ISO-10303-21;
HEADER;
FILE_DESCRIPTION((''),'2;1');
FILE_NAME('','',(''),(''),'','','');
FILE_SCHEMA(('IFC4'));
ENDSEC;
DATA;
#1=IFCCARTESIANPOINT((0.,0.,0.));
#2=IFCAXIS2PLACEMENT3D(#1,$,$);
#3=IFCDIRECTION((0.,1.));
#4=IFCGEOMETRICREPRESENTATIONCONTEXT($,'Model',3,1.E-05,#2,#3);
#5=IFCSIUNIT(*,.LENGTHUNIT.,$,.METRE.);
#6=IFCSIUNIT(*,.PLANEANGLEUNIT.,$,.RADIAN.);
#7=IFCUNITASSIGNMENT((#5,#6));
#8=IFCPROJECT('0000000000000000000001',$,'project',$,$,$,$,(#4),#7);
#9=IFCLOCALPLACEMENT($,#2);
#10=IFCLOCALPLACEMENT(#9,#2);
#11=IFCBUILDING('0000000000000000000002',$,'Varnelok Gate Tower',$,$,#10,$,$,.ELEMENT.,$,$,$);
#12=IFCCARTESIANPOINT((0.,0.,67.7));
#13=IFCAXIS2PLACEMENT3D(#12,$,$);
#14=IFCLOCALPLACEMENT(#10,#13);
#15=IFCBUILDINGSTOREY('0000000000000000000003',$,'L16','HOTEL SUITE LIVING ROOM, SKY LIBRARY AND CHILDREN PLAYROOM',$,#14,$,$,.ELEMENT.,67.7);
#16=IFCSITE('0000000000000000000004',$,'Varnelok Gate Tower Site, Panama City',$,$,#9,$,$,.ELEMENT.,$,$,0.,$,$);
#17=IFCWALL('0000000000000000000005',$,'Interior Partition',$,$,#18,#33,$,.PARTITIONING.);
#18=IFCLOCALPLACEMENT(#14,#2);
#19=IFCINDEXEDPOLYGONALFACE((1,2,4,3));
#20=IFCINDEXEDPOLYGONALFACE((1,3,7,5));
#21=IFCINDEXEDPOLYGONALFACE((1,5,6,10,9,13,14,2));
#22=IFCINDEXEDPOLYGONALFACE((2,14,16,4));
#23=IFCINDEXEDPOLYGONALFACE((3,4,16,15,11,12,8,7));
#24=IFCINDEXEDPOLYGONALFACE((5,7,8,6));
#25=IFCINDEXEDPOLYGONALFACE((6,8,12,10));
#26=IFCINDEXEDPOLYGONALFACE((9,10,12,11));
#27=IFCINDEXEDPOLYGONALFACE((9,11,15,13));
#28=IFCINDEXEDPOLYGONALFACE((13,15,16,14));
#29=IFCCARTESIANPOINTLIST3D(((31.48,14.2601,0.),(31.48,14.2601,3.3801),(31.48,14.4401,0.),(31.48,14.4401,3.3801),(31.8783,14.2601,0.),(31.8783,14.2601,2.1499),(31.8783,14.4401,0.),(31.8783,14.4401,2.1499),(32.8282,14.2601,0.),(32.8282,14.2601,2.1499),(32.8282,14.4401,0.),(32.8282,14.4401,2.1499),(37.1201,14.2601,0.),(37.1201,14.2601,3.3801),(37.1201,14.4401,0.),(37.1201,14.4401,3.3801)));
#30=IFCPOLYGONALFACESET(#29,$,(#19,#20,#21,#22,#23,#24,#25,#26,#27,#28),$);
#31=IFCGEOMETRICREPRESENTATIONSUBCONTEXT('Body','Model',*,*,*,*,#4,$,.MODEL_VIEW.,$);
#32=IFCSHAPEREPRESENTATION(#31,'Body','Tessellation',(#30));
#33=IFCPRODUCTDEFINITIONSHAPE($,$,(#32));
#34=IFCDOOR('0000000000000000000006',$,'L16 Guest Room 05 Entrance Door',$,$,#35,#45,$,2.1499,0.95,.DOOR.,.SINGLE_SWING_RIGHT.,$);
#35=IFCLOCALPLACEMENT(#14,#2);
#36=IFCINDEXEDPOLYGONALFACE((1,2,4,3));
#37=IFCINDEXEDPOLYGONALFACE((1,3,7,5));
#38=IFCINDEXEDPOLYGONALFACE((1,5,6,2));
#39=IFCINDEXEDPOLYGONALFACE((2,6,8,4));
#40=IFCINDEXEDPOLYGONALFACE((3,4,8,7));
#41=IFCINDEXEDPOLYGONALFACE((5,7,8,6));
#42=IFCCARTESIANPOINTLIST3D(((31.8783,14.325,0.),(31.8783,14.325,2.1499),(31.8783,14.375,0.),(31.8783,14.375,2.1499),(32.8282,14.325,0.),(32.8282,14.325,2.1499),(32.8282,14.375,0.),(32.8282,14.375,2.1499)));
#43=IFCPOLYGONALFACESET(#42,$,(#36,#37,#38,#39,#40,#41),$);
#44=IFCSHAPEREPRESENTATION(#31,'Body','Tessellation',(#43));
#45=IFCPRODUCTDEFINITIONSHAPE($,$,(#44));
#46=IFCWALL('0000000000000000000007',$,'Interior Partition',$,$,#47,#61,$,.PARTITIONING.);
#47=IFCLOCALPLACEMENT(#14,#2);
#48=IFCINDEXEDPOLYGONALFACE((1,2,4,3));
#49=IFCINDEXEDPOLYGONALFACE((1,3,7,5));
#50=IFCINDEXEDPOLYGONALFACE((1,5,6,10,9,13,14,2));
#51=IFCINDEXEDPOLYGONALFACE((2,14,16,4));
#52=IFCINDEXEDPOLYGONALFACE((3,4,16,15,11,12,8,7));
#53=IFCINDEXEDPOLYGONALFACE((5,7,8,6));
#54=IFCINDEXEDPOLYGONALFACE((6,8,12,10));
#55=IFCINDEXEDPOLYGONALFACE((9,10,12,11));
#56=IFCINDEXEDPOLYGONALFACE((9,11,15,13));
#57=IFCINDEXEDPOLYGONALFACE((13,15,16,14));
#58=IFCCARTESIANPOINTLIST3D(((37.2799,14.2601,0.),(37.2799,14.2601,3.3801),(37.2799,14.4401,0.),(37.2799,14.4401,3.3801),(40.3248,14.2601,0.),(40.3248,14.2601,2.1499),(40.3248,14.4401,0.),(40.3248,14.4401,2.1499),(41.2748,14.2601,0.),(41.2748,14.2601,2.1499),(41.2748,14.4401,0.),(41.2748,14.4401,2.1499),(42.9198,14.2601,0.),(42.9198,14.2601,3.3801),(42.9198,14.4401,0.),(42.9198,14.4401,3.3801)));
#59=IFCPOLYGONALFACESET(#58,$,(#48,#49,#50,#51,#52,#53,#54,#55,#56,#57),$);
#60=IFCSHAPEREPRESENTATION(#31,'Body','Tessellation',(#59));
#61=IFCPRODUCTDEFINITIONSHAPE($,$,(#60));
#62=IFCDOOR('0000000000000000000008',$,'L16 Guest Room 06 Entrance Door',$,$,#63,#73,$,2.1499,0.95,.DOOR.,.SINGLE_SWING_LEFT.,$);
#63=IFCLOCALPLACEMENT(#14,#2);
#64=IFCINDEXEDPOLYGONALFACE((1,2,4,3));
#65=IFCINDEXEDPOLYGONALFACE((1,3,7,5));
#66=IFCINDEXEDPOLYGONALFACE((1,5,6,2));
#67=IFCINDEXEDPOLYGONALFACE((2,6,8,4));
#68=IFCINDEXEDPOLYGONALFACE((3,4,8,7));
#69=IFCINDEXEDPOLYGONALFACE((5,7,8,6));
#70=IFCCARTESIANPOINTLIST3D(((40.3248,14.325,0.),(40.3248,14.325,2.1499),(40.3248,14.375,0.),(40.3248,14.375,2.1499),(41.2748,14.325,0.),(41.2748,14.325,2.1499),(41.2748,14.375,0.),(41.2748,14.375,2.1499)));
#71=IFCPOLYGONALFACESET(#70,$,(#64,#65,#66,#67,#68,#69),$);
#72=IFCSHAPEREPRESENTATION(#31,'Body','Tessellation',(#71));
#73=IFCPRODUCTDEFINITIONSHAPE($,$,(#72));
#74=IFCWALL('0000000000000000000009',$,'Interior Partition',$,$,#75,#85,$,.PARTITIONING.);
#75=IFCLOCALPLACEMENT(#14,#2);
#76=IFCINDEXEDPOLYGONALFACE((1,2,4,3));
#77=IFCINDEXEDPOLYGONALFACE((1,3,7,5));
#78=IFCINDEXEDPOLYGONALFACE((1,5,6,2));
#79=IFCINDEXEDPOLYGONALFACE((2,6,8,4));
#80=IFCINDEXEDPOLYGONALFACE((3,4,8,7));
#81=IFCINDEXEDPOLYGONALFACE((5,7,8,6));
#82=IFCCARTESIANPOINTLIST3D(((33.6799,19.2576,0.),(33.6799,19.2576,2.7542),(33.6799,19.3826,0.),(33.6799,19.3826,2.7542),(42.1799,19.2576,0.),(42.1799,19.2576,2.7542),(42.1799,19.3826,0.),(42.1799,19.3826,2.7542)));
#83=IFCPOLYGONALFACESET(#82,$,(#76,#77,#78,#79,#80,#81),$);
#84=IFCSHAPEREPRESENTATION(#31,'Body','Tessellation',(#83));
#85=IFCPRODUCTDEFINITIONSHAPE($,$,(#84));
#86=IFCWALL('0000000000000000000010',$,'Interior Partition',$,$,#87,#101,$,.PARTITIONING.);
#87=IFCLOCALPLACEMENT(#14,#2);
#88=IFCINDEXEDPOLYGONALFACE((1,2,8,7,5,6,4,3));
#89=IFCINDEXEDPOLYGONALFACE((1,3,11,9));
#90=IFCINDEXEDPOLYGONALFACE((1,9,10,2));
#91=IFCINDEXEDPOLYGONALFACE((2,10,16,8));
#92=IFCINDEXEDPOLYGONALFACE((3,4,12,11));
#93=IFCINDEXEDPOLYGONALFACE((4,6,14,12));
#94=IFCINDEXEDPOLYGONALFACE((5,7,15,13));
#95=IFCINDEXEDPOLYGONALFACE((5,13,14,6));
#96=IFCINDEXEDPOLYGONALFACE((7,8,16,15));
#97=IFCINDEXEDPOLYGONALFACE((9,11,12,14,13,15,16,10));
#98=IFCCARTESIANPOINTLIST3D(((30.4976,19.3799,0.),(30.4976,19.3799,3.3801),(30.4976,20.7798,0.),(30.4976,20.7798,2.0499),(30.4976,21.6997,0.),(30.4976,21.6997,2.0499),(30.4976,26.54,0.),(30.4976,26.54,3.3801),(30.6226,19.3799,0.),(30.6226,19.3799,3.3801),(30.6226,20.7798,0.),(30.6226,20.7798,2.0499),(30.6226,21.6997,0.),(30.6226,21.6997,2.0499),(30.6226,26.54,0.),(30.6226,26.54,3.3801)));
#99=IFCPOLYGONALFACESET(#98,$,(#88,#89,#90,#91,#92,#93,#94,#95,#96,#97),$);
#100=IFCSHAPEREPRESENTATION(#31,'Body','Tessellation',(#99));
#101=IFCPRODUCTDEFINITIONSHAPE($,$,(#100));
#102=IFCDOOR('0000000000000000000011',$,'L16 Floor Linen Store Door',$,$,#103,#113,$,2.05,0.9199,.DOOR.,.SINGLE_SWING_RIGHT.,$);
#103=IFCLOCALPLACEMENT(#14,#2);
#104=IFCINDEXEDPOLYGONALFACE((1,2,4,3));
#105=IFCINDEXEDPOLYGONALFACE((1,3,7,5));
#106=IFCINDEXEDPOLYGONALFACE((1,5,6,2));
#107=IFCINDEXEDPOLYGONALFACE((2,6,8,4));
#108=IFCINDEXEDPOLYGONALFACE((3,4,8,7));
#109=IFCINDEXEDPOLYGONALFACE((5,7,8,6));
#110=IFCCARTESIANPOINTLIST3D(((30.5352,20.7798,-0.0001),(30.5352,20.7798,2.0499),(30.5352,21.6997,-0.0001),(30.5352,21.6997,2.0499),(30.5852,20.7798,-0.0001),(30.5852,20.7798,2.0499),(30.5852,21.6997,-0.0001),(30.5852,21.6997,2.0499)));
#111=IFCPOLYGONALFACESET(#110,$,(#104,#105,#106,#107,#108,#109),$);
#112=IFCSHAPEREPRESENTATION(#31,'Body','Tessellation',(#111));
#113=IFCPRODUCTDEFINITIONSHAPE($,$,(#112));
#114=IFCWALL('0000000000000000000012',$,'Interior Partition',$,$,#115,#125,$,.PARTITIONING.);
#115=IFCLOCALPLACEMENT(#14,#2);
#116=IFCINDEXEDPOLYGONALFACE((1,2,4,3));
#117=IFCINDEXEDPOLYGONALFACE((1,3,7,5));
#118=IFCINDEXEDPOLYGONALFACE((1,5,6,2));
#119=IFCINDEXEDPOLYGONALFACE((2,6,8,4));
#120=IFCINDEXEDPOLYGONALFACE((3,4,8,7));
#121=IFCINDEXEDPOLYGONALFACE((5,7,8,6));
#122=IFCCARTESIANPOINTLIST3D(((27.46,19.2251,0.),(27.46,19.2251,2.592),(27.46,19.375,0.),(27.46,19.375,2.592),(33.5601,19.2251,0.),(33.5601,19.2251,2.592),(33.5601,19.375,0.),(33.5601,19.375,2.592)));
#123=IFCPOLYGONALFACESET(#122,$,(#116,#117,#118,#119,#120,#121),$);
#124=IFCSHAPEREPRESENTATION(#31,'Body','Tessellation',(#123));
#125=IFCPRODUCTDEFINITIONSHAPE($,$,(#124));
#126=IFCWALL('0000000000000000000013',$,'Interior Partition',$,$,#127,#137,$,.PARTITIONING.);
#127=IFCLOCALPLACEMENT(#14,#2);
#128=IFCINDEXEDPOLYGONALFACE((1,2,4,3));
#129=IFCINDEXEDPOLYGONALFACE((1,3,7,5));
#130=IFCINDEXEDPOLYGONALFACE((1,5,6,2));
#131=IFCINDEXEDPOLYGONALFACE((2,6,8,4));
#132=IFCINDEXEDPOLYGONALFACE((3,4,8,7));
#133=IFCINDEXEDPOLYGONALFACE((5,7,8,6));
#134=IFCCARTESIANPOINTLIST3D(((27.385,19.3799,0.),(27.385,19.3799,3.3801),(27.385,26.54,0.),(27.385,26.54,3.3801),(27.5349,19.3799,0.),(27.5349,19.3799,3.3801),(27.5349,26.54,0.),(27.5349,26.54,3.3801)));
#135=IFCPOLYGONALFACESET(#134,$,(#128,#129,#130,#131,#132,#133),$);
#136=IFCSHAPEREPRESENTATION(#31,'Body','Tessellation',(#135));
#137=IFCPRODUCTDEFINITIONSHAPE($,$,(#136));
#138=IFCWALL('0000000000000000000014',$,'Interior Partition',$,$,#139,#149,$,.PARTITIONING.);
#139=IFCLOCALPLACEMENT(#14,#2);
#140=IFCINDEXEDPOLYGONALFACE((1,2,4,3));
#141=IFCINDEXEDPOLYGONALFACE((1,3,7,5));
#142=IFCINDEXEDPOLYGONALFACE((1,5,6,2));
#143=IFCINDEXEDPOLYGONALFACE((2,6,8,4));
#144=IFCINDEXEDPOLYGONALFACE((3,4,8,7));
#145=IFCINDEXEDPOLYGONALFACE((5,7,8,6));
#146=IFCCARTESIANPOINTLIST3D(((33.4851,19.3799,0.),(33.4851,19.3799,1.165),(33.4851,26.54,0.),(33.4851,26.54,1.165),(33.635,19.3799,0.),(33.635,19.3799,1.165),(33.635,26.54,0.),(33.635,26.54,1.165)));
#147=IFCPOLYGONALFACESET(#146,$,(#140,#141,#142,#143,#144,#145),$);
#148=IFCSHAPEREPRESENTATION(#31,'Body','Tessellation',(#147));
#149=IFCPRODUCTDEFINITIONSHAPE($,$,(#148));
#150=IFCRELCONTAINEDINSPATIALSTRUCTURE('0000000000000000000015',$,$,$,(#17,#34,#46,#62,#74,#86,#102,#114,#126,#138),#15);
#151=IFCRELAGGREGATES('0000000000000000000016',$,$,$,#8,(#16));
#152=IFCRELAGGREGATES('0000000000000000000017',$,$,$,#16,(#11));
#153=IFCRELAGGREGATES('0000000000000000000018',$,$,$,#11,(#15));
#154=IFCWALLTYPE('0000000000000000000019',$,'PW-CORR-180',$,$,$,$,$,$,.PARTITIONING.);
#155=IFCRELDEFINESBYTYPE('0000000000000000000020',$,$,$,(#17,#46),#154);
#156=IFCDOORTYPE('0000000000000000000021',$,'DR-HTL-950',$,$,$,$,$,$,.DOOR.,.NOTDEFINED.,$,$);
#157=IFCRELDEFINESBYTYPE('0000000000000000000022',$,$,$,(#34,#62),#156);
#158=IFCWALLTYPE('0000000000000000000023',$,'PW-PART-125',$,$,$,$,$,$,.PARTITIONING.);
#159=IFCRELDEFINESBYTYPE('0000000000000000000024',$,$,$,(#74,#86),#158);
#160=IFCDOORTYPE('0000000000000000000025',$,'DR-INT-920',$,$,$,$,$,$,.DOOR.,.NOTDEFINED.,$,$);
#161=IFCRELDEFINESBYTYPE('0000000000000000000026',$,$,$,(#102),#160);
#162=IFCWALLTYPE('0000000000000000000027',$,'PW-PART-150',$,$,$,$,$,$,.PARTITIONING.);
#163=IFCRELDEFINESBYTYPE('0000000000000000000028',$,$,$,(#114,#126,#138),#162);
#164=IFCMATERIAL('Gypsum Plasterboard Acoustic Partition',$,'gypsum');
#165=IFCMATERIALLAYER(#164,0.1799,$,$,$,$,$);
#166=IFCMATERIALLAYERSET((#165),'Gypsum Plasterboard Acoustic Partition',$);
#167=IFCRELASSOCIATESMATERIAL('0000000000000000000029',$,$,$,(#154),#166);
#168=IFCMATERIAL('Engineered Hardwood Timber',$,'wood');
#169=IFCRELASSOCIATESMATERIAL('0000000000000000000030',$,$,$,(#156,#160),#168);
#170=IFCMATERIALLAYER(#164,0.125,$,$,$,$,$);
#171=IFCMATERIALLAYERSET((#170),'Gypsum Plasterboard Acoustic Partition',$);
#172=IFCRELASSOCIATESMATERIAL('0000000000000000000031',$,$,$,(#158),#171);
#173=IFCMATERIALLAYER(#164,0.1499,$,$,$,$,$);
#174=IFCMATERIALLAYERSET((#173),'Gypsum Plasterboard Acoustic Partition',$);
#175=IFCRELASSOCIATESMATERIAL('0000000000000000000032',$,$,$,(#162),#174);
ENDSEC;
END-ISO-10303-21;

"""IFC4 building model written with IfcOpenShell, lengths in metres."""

from ifc_helpers import new_model, si_unit, direction, frame, frame_2d, origin, place, context, subcontext, project, spatial, rectangle, extrude, material, layer, layer_set, type_object, element, fill, save


model = new_model("IFC4")

# Units and contexts
model_context = context("Model", 3, precision=1e-05, world=origin(), true_north=direction((0.0, 1.0)))
body_context = subcontext(model_context, "Body", "Model", "MODEL_VIEW")
ifc_project = project(units=[si_unit("LENGTHUNIT", "METRE"), si_unit("PLANEANGLEUNIT", "RADIAN")], contexts=[model_context])

# Site, building, storey
site_placement = place(None, origin())
site = spatial("IfcSite", under=ifc_project, at=site_placement, Name="Varnelok Gate Tower Site, Panama City", CompositionType="ELEMENT", RefElevation=0.0)
building_placement = place(site_placement, origin())
building = spatial("IfcBuilding", under=site, at=building_placement, Name="Varnelok Gate Tower", CompositionType="ELEMENT")
storey_placement = place(building_placement, frame((0.0, 0.0, 67.7)))
storey = spatial("IfcBuildingStorey", under=building, at=storey_placement, Name="L16", Description="HOTEL SUITE LIVING ROOM, SKY LIBRARY AND CHILDREN PLAYROOM", CompositionType="ELEMENT", Elevation=67.7)

# Walls, openings, doors
ifc_material_1 = material(Name="Gypsum Plasterboard Acoustic Partition", Category="gypsum")
ifc_layer_1 = layer(ifc_material_1, 0.1799)
ifc_layer_set_1 = layer_set([ifc_layer_1], Name="Gypsum Plasterboard Acoustic Partition")
wall_type_1 = type_object("IfcWallType", Name="PW-CORR-180", PredefinedType="PARTITIONING", material=ifc_layer_set_1)
wall_1_placement = place(storey_placement, frame((31.48, 14.3501, 0.0), z_axis=(0.0, 0.0, 1.0), x_axis=(1.0, 0.0, 0.0)))
wall_1 = element("IfcWall", 1, at=wall_1_placement, inside=storey, type_object=wall_type_1, Name="Interior Partition", PredefinedType="PARTITIONING", context=body_context, shape_type="SweptSolid", body=[
    extrude(rectangle(XDim=5.6401, YDim=0.1799, at=frame_2d((2.8201, 0.0))), origin(), (0.0, 0.0, 1.0), 3.3801),
])
opening_1_placement = place(wall_1_placement, frame((0.3982, 0.0, 0.0)))
opening_1 = element("IfcOpeningElement", 2, at=opening_1_placement, cuts=wall_1, PredefinedType="OPENING", context=body_context, shape_type="SweptSolid", body=[
    extrude(rectangle(XDim=0.95, YDim=2.1499, at=frame_2d((0.4751, 1.075))), frame((0.0, 0.0999, 0.0), z_axis=(0.0, -1.0, 0.0), x_axis=(1.0, 0.0, 0.0)), (0.0, 0.0, 1.0), 0.2),
])
ifc_material_2 = material(Name="Engineered Hardwood Timber", Category="wood")
door_type_1 = type_object("IfcDoorType", Name="DR-HTL-950", OperationType="NOTDEFINED", PredefinedType="DOOR", material=ifc_material_2)
door_1_placement = place(opening_1_placement, origin())
door_1 = element("IfcDoor", 3, at=door_1_placement, inside=storey, type_object=door_type_1, Name="L16 Guest Room 05 Entrance Door", OperationType="SINGLE_SWING_RIGHT", OverallHeight=2.1499, OverallWidth=0.95, PredefinedType="DOOR", context=body_context, shape_type="SweptSolid", body=[
    extrude(rectangle(XDim=0.95, YDim=2.1499, at=frame_2d((0.4751, 1.075))), frame((0.0, 0.0249, 0.0), z_axis=(0.0, -1.0, 0.0), x_axis=(1.0, 0.0, 0.0)), (0.0, 0.0, 1.0), 0.05),
])
fill(opening_1, door_1)
wall_2_placement = place(storey_placement, frame((37.28, 14.3501, 0.0), z_axis=(0.0, 0.0, 1.0), x_axis=(1.0, 0.0, 0.0)))
wall_2 = element("IfcWall", 4, at=wall_2_placement, inside=storey, type_object=wall_type_1, Name="Interior Partition", PredefinedType="PARTITIONING", context=body_context, shape_type="SweptSolid", body=[
    extrude(rectangle(XDim=5.6399, YDim=0.1799, at=frame_2d((2.8198, 0.0))), origin(), (0.0, 0.0, 1.0), 3.3801),
])
opening_2_placement = place(wall_2_placement, frame((3.0447, 0.0, 0.0)))
opening_2 = element("IfcOpeningElement", 5, at=opening_2_placement, cuts=wall_2, PredefinedType="OPENING", context=body_context, shape_type="SweptSolid", body=[
    extrude(rectangle(XDim=0.95, YDim=2.1499, at=frame_2d((0.4751, 1.075))), frame((0.0, 0.0999, 0.0), z_axis=(0.0, -1.0, 0.0), x_axis=(1.0, 0.0, 0.0)), (0.0, 0.0, 1.0), 0.2),
])
door_2_placement = place(opening_2_placement, origin())
door_2 = element("IfcDoor", 6, at=door_2_placement, inside=storey, type_object=door_type_1, Name="L16 Guest Room 06 Entrance Door", OperationType="SINGLE_SWING_LEFT", OverallHeight=2.1499, OverallWidth=0.95, PredefinedType="DOOR", context=body_context, shape_type="SweptSolid", body=[
    extrude(rectangle(XDim=0.95, YDim=2.1499, at=frame_2d((0.4751, 1.075))), frame((0.0, 0.0249, 0.0), z_axis=(0.0, -1.0, 0.0), x_axis=(1.0, 0.0, 0.0)), (0.0, 0.0, 1.0), 0.05),
])
fill(opening_2, door_2)

# Wall
ifc_layer_2 = layer(ifc_material_1, 0.125)
ifc_layer_set_2 = layer_set([ifc_layer_2], Name="Gypsum Plasterboard Acoustic Partition")
wall_type_2 = type_object("IfcWallType", Name="PW-PART-125", PredefinedType="PARTITIONING", material=ifc_layer_set_2)
wall_3_placement = place(storey_placement, frame((33.6799, 19.3201, 0.0), z_axis=(0.0, 0.0, 1.0), x_axis=(1.0, 0.0, 0.0)))
element("IfcWall", 7, at=wall_3_placement, inside=storey, type_object=wall_type_2, Name="Interior Partition", PredefinedType="PARTITIONING", context=body_context, shape_type="SweptSolid", body=[
    extrude(rectangle(XDim=8.5, YDim=0.125, at=frame_2d((4.25, 0.0))), origin(), (0.0, 0.0, 1.0), 2.7542),
])

# Wall, opening, door
wall_4_placement = place(storey_placement, frame((30.5601, 19.3799, 0.0), z_axis=(0.0, 0.0, 1.0), x_axis=(0.0, 1.0, 0.0)))
wall_4 = element("IfcWall", 8, at=wall_4_placement, inside=storey, type_object=wall_type_2, Name="Interior Partition", PredefinedType="PARTITIONING", context=body_context, shape_type="SweptSolid", body=[
    extrude(rectangle(XDim=7.1602, YDim=0.125, at=frame_2d((3.5801, 0.0))), origin(), (0.0, 0.0, 1.0), 3.3801),
])
opening_3_placement = place(wall_4_placement, frame((1.3999, 0.0, 0.0)))
opening_3 = element("IfcOpeningElement", 9, at=opening_3_placement, cuts=wall_4, PredefinedType="OPENING", context=body_context, shape_type="SweptSolid", body=[
    extrude(rectangle(XDim=0.9199, YDim=2.05, at=frame_2d((0.46, 1.0249))), frame((0.0, 0.0725, 0.0), z_axis=(0.0, -1.0, 0.0), x_axis=(1.0, 0.0, 0.0)), (0.0, 0.0, 1.0), 0.145),
])
door_type_2 = type_object("IfcDoorType", Name="DR-INT-920", OperationType="NOTDEFINED", PredefinedType="DOOR", material=ifc_material_2)
door_3_placement = place(opening_3_placement, origin())
door_3 = element("IfcDoor", 10, at=door_3_placement, inside=storey, type_object=door_type_2, Name="L16 Floor Linen Store Door", OperationType="SINGLE_SWING_RIGHT", OverallHeight=2.05, OverallWidth=0.9199, PredefinedType="DOOR", context=body_context, shape_type="SweptSolid", body=[
    extrude(rectangle(XDim=0.9199, YDim=2.05, at=frame_2d((0.46, 1.0249))), frame((0.0, 0.0249, 0.0), z_axis=(0.0, -1.0, 0.0), x_axis=(1.0, 0.0, 0.0)), (0.0, 0.0, 1.0), 0.05),
])
fill(opening_3, door_3)

# Walls
ifc_layer_3 = layer(ifc_material_1, 0.1499)
ifc_layer_set_3 = layer_set([ifc_layer_3], Name="Gypsum Plasterboard Acoustic Partition")
wall_type_3 = type_object("IfcWallType", Name="PW-PART-150", PredefinedType="PARTITIONING", material=ifc_layer_set_3)
wall_5_placement = place(storey_placement, frame((27.46, 19.3, 0.0), z_axis=(0.0, 0.0, 1.0), x_axis=(1.0, 0.0, 0.0)))
element("IfcWall", 11, at=wall_5_placement, inside=storey, type_object=wall_type_3, Name="Interior Partition", PredefinedType="PARTITIONING", context=body_context, shape_type="SweptSolid", body=[
    extrude(rectangle(XDim=6.1001, YDim=0.1499, at=frame_2d((3.05, 0.0))), origin(), (0.0, 0.0, 1.0), 2.592),
])
wall_6_placement = place(storey_placement, frame((27.46, 19.3799, 0.0), z_axis=(0.0, 0.0, 1.0), x_axis=(0.0, 1.0, 0.0)))
element("IfcWall", 12, at=wall_6_placement, inside=storey, type_object=wall_type_3, Name="Interior Partition", PredefinedType="PARTITIONING", context=body_context, shape_type="SweptSolid", body=[
    extrude(rectangle(XDim=7.1602, YDim=0.1499, at=frame_2d((3.5801, 0.0))), origin(), (0.0, 0.0, 1.0), 3.3801),
])
wall_7_placement = place(storey_placement, frame((33.5601, 19.3799, 0.0), z_axis=(0.0, 0.0, 1.0), x_axis=(0.0, 1.0, 0.0)))
element("IfcWall", 13, at=wall_7_placement, inside=storey, type_object=wall_type_3, Name="Interior Partition", PredefinedType="PARTITIONING", context=body_context, shape_type="SweptSolid", body=[
    extrude(rectangle(XDim=7.1602, YDim=0.1499, at=frame_2d((3.5801, 0.0))), origin(), (0.0, 0.0, 1.0), 1.165),
])

save(model, "model.ifc")
